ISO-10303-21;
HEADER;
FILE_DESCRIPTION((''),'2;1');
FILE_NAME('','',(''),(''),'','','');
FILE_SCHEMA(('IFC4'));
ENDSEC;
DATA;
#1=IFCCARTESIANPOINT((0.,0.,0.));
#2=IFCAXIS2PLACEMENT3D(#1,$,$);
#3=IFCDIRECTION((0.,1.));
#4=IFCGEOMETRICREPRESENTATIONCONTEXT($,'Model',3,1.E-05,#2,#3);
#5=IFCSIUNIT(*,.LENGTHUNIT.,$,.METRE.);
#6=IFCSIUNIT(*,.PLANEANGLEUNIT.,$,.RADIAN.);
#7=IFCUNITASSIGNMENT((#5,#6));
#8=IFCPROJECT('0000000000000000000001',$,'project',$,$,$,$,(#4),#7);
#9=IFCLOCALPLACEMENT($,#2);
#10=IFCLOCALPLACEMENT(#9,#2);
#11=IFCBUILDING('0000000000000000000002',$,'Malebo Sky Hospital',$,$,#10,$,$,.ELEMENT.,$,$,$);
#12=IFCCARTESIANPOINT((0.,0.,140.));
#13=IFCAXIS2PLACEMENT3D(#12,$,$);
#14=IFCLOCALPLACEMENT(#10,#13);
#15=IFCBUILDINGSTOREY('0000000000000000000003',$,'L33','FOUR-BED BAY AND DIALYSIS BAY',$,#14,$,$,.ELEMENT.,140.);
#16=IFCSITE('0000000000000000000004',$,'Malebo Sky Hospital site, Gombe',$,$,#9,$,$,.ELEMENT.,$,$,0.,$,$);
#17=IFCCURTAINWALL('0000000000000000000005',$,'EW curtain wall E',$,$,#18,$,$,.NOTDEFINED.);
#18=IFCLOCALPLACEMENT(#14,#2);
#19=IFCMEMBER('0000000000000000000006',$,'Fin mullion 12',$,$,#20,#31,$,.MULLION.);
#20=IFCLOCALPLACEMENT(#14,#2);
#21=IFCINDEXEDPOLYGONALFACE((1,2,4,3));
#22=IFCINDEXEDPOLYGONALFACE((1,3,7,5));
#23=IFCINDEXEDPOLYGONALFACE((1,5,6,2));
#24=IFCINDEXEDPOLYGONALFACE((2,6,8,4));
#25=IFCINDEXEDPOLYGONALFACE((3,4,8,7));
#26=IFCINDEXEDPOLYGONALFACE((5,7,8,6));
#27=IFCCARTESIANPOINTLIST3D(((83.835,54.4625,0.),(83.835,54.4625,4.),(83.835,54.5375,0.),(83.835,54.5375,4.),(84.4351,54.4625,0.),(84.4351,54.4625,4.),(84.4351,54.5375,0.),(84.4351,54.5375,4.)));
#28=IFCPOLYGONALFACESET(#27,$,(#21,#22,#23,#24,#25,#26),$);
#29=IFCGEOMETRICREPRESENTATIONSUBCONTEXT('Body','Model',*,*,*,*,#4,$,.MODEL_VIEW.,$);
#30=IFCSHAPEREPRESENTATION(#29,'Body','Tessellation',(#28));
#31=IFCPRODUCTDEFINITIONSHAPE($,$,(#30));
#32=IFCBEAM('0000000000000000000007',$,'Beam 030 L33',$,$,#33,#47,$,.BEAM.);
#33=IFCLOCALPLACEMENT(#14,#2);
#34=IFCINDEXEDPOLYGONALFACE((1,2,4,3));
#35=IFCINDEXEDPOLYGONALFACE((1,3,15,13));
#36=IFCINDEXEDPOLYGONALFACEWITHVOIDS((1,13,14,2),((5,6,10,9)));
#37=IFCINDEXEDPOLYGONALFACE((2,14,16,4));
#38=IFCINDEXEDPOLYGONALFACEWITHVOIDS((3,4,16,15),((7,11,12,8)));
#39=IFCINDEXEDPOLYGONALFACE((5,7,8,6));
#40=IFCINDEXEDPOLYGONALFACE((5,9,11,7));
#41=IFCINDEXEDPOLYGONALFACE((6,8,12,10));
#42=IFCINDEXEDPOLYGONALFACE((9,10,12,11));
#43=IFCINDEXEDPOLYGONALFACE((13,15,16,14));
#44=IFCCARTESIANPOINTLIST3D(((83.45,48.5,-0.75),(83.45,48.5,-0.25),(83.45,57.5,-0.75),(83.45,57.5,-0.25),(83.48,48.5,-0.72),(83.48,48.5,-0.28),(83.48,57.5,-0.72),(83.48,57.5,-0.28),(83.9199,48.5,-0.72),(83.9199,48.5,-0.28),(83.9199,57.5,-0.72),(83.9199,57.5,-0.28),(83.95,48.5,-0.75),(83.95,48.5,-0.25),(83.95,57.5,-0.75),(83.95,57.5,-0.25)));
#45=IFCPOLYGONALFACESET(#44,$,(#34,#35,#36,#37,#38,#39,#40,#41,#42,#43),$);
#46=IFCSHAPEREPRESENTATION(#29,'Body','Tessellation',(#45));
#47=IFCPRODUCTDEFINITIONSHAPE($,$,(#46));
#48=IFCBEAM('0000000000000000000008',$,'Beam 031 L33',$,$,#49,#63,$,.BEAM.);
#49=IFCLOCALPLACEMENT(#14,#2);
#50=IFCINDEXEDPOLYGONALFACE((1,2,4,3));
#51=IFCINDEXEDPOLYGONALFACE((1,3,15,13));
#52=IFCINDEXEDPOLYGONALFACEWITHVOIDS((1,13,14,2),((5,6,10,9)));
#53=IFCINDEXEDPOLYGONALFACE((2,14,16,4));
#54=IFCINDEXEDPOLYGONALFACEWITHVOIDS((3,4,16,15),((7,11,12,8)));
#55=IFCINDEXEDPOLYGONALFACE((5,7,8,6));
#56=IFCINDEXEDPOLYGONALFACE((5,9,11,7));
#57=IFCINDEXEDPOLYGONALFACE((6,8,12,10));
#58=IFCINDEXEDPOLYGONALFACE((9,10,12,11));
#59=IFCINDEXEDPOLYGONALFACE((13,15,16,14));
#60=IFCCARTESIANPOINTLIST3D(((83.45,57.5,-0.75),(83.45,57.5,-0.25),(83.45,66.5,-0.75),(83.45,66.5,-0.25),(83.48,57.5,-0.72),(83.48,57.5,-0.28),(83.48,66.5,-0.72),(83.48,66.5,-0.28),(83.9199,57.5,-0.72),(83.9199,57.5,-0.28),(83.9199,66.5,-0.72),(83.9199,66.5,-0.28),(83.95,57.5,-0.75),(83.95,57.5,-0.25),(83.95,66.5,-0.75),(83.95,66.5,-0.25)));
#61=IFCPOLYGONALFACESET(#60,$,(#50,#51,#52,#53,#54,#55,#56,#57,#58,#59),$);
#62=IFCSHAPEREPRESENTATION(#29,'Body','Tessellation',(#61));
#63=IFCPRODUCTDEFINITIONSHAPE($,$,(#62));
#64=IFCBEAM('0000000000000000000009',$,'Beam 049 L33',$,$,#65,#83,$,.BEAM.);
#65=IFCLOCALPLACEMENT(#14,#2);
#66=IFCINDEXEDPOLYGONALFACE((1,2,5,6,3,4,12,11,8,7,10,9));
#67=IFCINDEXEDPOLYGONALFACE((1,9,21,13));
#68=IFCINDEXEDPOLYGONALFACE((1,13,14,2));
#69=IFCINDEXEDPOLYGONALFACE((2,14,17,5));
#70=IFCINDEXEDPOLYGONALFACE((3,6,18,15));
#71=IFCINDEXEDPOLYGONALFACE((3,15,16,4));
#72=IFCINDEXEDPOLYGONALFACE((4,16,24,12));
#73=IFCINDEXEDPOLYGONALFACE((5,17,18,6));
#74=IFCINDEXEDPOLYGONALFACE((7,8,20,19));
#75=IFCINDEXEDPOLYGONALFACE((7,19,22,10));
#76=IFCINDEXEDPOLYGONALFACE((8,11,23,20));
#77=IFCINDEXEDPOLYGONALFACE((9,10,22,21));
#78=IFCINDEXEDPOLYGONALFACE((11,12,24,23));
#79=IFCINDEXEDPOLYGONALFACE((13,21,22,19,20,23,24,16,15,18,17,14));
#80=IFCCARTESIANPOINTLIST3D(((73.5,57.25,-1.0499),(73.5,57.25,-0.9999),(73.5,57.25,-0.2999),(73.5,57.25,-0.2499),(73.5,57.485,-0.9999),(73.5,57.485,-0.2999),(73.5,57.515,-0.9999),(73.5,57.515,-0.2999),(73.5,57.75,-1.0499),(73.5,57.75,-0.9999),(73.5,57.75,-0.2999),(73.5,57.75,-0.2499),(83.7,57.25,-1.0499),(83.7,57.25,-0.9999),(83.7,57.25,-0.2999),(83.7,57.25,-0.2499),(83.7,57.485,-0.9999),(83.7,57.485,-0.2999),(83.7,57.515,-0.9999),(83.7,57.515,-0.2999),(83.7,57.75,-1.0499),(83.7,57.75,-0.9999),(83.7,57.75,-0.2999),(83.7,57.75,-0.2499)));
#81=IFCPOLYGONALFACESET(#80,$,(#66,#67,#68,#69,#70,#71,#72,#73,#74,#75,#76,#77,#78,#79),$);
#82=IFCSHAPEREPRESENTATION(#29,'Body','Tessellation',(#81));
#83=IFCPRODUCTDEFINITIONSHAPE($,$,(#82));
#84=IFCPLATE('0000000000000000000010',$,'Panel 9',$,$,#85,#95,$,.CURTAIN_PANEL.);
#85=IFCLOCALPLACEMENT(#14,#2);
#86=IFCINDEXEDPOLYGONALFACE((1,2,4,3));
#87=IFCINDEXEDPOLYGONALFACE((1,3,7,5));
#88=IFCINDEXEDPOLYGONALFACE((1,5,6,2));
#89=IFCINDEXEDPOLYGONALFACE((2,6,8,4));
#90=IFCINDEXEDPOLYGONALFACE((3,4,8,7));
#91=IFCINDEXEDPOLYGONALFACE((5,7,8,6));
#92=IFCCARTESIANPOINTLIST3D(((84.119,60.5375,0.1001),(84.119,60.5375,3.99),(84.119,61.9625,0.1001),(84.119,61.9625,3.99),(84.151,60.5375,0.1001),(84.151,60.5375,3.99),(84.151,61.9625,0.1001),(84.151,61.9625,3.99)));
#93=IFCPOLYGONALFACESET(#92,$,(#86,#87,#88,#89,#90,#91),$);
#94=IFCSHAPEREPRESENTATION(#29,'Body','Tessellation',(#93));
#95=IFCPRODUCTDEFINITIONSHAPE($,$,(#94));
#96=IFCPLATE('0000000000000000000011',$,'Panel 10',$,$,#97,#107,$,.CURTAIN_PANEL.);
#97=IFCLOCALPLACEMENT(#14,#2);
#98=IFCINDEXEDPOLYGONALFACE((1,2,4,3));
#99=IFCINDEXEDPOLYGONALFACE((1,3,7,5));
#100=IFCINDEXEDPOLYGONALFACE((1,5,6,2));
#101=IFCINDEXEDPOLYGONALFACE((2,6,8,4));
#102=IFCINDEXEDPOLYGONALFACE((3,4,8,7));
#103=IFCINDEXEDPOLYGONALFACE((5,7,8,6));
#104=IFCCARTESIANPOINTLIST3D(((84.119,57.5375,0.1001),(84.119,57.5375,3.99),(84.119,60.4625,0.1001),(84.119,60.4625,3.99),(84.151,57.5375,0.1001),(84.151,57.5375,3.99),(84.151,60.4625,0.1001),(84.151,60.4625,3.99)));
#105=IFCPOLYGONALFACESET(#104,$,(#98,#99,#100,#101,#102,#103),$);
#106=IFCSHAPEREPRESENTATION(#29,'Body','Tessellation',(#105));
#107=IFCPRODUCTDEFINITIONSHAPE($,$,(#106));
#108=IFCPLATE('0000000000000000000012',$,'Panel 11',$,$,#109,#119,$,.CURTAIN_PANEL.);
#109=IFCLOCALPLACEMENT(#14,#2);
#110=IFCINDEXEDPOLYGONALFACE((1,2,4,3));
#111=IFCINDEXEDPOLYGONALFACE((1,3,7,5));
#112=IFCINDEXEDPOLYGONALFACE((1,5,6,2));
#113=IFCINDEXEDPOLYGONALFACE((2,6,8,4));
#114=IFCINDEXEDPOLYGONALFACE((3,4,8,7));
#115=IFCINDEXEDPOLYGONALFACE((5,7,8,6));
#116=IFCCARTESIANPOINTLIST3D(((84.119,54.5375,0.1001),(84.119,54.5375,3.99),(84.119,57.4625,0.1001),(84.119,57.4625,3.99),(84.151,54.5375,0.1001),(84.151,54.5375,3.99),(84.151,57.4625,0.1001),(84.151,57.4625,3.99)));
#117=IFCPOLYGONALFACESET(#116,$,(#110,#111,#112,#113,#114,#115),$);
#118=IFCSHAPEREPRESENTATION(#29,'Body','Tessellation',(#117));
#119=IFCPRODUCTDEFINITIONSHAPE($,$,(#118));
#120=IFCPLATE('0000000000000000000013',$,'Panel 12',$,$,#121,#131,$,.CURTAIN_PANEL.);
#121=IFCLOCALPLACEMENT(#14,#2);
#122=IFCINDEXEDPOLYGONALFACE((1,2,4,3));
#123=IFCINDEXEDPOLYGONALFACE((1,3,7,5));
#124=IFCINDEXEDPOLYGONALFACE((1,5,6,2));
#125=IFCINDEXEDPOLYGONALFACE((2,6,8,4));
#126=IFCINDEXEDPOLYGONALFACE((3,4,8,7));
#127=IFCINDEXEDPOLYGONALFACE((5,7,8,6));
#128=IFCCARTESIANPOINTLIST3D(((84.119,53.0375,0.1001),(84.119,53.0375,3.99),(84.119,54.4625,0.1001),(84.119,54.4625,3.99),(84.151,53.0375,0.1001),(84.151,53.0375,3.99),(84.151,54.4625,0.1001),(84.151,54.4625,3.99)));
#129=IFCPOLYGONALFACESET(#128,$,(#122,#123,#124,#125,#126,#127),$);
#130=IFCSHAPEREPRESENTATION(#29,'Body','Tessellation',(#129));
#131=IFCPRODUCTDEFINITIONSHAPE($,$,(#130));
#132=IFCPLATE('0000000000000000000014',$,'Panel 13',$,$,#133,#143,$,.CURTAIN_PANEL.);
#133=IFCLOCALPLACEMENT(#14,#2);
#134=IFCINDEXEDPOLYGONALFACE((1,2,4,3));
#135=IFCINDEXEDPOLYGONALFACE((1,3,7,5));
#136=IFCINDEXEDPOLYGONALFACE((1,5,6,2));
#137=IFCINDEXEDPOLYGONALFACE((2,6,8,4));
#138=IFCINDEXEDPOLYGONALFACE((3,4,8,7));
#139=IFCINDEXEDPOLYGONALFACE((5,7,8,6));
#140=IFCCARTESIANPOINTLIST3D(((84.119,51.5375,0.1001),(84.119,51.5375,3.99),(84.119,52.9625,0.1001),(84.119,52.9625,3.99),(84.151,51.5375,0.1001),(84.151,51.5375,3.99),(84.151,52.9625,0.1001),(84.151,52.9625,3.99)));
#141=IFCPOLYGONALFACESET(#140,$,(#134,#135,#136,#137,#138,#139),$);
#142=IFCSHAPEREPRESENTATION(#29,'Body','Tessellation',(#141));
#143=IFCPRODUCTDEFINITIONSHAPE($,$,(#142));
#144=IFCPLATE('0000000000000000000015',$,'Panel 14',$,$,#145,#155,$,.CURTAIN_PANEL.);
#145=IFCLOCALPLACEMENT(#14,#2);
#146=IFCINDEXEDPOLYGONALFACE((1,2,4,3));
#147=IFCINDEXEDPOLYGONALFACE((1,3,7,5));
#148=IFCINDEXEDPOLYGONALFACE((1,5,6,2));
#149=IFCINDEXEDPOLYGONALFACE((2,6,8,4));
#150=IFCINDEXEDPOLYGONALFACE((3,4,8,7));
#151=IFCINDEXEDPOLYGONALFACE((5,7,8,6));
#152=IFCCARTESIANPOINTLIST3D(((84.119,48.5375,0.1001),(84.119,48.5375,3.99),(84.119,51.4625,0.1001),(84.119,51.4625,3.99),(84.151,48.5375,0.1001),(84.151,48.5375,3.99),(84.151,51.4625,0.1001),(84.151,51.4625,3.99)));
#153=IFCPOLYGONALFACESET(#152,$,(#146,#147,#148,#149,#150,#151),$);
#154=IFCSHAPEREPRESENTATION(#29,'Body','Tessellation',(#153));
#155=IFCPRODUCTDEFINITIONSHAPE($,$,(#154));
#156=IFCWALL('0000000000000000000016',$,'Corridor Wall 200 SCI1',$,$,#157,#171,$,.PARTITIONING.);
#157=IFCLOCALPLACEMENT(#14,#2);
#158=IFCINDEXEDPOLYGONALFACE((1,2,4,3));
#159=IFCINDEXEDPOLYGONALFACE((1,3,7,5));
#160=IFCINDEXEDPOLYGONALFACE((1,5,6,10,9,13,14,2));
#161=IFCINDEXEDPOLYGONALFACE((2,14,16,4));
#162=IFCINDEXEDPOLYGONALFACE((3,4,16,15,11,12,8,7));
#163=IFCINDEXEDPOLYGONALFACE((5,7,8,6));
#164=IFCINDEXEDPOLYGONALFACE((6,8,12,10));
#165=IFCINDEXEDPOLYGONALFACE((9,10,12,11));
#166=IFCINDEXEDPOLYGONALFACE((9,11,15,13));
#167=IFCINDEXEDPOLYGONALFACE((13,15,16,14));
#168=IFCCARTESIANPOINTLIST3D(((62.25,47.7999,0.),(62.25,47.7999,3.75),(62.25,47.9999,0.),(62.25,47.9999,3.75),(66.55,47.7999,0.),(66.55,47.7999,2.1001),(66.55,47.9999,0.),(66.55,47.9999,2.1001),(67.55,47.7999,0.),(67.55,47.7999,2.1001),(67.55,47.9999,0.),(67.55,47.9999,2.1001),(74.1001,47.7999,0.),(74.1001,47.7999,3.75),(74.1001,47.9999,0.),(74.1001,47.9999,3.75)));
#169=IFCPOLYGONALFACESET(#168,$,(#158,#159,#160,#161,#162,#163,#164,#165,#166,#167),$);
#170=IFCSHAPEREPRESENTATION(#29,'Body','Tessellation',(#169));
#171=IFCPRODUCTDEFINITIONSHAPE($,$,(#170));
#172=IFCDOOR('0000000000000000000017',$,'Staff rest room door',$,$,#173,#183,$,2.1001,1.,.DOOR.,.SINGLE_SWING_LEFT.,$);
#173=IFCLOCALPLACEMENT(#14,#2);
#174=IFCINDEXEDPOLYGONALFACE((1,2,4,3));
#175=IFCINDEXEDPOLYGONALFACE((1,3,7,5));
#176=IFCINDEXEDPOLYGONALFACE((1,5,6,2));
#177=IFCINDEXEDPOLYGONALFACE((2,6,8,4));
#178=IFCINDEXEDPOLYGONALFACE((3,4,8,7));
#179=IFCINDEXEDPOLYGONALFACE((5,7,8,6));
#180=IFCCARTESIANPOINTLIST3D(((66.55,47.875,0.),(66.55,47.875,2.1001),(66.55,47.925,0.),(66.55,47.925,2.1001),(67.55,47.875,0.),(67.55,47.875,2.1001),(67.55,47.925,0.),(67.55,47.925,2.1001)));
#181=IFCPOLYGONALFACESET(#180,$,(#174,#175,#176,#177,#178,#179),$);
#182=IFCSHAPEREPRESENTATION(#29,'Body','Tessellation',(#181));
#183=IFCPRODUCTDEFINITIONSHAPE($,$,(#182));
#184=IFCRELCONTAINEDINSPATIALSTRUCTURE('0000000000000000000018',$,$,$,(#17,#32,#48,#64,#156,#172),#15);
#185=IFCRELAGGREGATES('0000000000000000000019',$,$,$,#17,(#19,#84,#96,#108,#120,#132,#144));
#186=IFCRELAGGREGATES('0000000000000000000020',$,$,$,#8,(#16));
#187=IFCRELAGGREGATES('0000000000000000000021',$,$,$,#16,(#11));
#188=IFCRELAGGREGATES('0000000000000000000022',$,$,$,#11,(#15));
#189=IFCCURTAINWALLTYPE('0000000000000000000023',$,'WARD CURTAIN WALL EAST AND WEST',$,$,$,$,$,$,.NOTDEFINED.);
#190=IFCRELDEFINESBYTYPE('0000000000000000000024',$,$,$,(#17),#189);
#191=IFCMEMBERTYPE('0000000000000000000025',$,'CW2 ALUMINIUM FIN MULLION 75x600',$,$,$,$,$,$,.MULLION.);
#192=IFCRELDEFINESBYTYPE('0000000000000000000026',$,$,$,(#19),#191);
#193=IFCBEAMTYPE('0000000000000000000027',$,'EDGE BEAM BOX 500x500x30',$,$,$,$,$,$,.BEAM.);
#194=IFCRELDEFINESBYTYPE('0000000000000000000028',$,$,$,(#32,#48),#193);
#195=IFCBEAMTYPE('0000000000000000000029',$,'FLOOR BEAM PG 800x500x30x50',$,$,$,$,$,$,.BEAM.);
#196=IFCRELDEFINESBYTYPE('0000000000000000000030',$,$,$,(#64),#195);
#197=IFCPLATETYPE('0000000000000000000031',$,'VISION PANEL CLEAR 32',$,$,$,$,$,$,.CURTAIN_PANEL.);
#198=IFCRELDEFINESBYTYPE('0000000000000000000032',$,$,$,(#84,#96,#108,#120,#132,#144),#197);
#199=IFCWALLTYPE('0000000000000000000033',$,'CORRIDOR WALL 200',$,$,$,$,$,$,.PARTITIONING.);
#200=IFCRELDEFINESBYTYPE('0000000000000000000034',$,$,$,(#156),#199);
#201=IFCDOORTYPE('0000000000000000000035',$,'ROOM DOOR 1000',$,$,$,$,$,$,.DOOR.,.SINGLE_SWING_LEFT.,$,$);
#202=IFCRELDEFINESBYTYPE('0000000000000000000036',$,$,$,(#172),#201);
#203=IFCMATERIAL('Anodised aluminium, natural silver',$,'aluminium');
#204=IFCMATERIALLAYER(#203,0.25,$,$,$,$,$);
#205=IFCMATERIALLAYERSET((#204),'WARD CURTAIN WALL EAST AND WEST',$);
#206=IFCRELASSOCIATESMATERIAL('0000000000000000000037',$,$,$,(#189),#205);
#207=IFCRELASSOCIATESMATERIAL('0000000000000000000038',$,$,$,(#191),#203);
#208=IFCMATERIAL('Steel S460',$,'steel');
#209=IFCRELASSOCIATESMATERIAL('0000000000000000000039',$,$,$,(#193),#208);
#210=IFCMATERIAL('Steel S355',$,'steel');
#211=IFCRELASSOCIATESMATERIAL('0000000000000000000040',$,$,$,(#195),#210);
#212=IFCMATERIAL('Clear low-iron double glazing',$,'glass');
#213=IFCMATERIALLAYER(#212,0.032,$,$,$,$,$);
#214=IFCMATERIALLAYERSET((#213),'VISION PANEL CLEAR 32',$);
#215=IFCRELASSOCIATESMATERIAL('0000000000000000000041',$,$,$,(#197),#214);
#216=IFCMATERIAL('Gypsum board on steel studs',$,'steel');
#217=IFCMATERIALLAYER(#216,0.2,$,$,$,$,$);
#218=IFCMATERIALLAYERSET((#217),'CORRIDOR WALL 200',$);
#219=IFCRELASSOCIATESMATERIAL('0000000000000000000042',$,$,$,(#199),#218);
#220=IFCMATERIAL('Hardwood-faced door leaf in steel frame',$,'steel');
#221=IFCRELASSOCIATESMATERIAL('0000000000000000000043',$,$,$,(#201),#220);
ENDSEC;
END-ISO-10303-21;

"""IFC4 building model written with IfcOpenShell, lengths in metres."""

from ifc_helpers import new_model, si_unit, direction, frame, frame_2d, origin, origin_2d, place, context, subcontext, project, spatial, rectangle, hollow_rectangle, i_section, extrude, material, layer, layer_set, material_profile, profile_set, type_object, element, fill, aggregate, save


model = new_model("IFC4")

# Units and contexts
model_context = context("Model", 3, precision=1e-05, world=origin(), true_north=direction((0.0, 1.0)))
body_context = subcontext(model_context, "Body", "Model", "MODEL_VIEW")
ifc_project = project(units=[si_unit("LENGTHUNIT", "METRE"), si_unit("PLANEANGLEUNIT", "RADIAN")], contexts=[model_context])

# Site, building, storey
site_placement = place(None, origin())
site = spatial("IfcSite", under=ifc_project, at=site_placement, Name="Malebo Sky Hospital site, Gombe", CompositionType="ELEMENT", RefElevation=0.0)
building_placement = place(site_placement, origin())
building = spatial("IfcBuilding", under=site, at=building_placement, Name="Malebo Sky Hospital", CompositionType="ELEMENT")
storey_placement = place(building_placement, frame((0.0, 0.0, 140.0)))
storey = spatial("IfcBuildingStorey", under=building, at=storey_placement, Name="L33", Description="FOUR-BED BAY AND DIALYSIS BAY", CompositionType="ELEMENT", Elevation=140.0)

# Shared definitions
ifc_material_1 = material(Name="Steel S460", Category="steel")

# Curtain wall, member
ifc_material_2 = material(Name="Anodised aluminium, natural silver", Category="aluminium")
ifc_layer_1 = layer(ifc_material_2, 0.25)
ifc_layer_set_1 = layer_set([ifc_layer_1], Name="WARD CURTAIN WALL EAST AND WEST")
curtain_wall_type = type_object("IfcCurtainWallType", Name="WARD CURTAIN WALL EAST AND WEST", PredefinedType="NOTDEFINED", material=ifc_layer_set_1)
curtain_wall_placement = place(storey_placement, origin())
curtain_wall = element("IfcCurtainWall", 1, at=curtain_wall_placement, inside=storey, type_object=curtain_wall_type, Name="EW curtain wall E", PredefinedType="NOTDEFINED")
ifc_material_profile_1 = material_profile(ifc_material_2, rectangle(XDim=0.075, YDim=0.6001, at=origin_2d()), Name="CW2 ALUMINIUM FIN MULLION 75x600")
ifc_profile_set_1 = profile_set([ifc_material_profile_1], Name="Anodised aluminium, natural silver")
member_type_1 = type_object("IfcMemberType", Name="CW2 ALUMINIUM FIN MULLION 75x600", PredefinedType="MULLION", material=ifc_profile_set_1)
member_1_placement = place(storey_placement, frame((84.135, 54.5, 0.0), z_axis=(0.0, 0.0, 1.0), x_axis=(0.0, -1.0, 0.0)))
member_1 = element("IfcMember", 2, at=member_1_placement, type_object=member_type_1, Name="Fin mullion 12", PredefinedType="MULLION", context=body_context, shape_type="SweptSolid", body=[
    extrude(rectangle(XDim=0.075, YDim=0.6001, at=origin_2d()), origin(), (0.0, 0.0, 1.0), 4.0),
])

# Beams
ifc_material_profile_2 = material_profile(ifc_material_1, hollow_rectangle(XDim=0.5, YDim=0.5, WallThickness=0.03, at=origin_2d()), Name="BOX 500x500x30")
ifc_profile_set_2 = profile_set([ifc_material_profile_2], Name="Steel S460")
beam_type_1 = type_object("IfcBeamType", Name="EDGE BEAM BOX 500x500x30", PredefinedType="BEAM", material=ifc_profile_set_2)
for number, where, z_axis, x_axis, name in (
    (3, (83.7, 48.5, -0.5), (0.0, 1.0, 0.0), (-1.0, 0.0, 0.0), "Beam 030 L33"),
    (4, (83.7, 57.5, -0.5), (0.0, 1.0, 0.0), (-1.0, 0.0, 0.0), "Beam 031 L33"),
):
    element("IfcBeam", number, at=place(storey_placement, frame(where, z_axis=z_axis, x_axis=x_axis)), inside=storey, type_object=beam_type_1, Name=name, PredefinedType="BEAM", context=body_context, shape_type="SweptSolid", body=[
        extrude(hollow_rectangle(XDim=0.5, YDim=0.5, WallThickness=0.03, at=origin_2d()), origin(), (0.0, 0.0, 1.0), 9.0),
    ])
ifc_material_3 = material(Name="Steel S355", Category="steel")
ifc_material_profile_3 = material_profile(ifc_material_3, i_section(OverallWidth=0.5, OverallDepth=0.8, WebThickness=0.03, FlangeThickness=0.05, at=origin_2d()), Name="PG 800x500x30x50")
ifc_profile_set_3 = profile_set([ifc_material_profile_3], Name="Steel S355")
beam_type_2 = type_object("IfcBeamType", Name="FLOOR BEAM PG 800x500x30x50", PredefinedType="BEAM", material=ifc_profile_set_3)
beam_placement = place(storey_placement, frame((73.5, 57.5, -0.6499), z_axis=(1.0, 0.0, 0.0), x_axis=(0.0, 1.0, 0.0)))
element("IfcBeam", 5, at=beam_placement, inside=storey, type_object=beam_type_2, Name="Beam 049 L33", PredefinedType="BEAM", context=body_context, shape_type="SweptSolid", body=[
    extrude(i_section(OverallWidth=0.5, OverallDepth=0.8, WebThickness=0.03, FlangeThickness=0.05, at=origin_2d()), origin(), (0.0, 0.0, 1.0), 10.2),
])

# Plates
ifc_material_4 = material(Name="Clear low-iron double glazing", Category="glass")
ifc_layer_2 = layer(ifc_material_4, 0.032)
ifc_layer_set_2 = layer_set([ifc_layer_2], Name="VISION PANEL CLEAR 32")
plate_type = type_object("IfcPlateType", Name="VISION PANEL CLEAR 32", PredefinedType="CURTAIN_PANEL", material=ifc_layer_set_2)
plate_1_placement = place(storey_placement, frame((84.135, 61.25, 0.1001), z_axis=(0.0, 0.0, 1.0), x_axis=(0.0, -1.0, 0.0)))
plate_1 = element("IfcPlate", 6, at=plate_1_placement, type_object=plate_type, Name="Panel 9", PredefinedType="CURTAIN_PANEL", context=body_context, shape_type="SweptSolid", body=[
    extrude(rectangle(XDim=1.425, YDim=0.032, at=origin_2d()), origin(), (0.0, 0.0, 1.0), 3.8899),
])
plate_2_placement = place(storey_placement, frame((84.135, 59.0, 0.1001), z_axis=(0.0, 0.0, 1.0), x_axis=(0.0, -1.0, 0.0)))
plate_2 = element("IfcPlate", 7, at=plate_2_placement, type_object=plate_type, Name="Panel 10", PredefinedType="CURTAIN_PANEL", context=body_context, shape_type="SweptSolid", body=[
    extrude(rectangle(XDim=2.925, YDim=0.032, at=origin_2d()), origin(), (0.0, 0.0, 1.0), 3.8899),
])
plate_3_placement = place(storey_placement, frame((84.135, 56.0, 0.1001), z_axis=(0.0, 0.0, 1.0), x_axis=(0.0, -1.0, 0.0)))
plate_3 = element("IfcPlate", 8, at=plate_3_placement, type_object=plate_type, Name="Panel 11", PredefinedType="CURTAIN_PANEL", context=body_context, shape_type="SweptSolid", body=[
    extrude(rectangle(XDim=2.925, YDim=0.032, at=origin_2d()), origin(), (0.0, 0.0, 1.0), 3.8899),
])
plate_4_placement = place(storey_placement, frame((84.135, 53.75, 0.1001), z_axis=(0.0, 0.0, 1.0), x_axis=(0.0, -1.0, 0.0)))
plate_4 = element("IfcPlate", 9, at=plate_4_placement, type_object=plate_type, Name="Panel 12", PredefinedType="CURTAIN_PANEL", context=body_context, shape_type="SweptSolid", body=[
    extrude(rectangle(XDim=1.425, YDim=0.032, at=origin_2d()), origin(), (0.0, 0.0, 1.0), 3.8899),
])
plate_5_placement = place(storey_placement, frame((84.135, 52.25, 0.1001), z_axis=(0.0, 0.0, 1.0), x_axis=(0.0, -1.0, 0.0)))
plate_5 = element("IfcPlate", 10, at=plate_5_placement, type_object=plate_type, Name="Panel 13", PredefinedType="CURTAIN_PANEL", context=body_context, shape_type="SweptSolid", body=[
    extrude(rectangle(XDim=1.425, YDim=0.032, at=origin_2d()), origin(), (0.0, 0.0, 1.0), 3.8899),
])
plate_6_placement = place(storey_placement, frame((84.135, 50.0, 0.1001), z_axis=(0.0, 0.0, 1.0), x_axis=(0.0, -1.0, 0.0)))
plate_6 = element("IfcPlate", 11, at=plate_6_placement, type_object=plate_type, Name="Panel 14", PredefinedType="CURTAIN_PANEL", context=body_context, shape_type="SweptSolid", body=[
    extrude(rectangle(XDim=2.925, YDim=0.032, at=origin_2d()), origin(), (0.0, 0.0, 1.0), 3.8899),
])
aggregate(curtain_wall, [member_1, plate_1, plate_2, plate_3, plate_4, plate_5, plate_6])

# Wall, opening, door
ifc_material_5 = material(Name="Gypsum board on steel studs", Category="steel")
ifc_layer_3 = layer(ifc_material_5, 0.2)
ifc_layer_set_3 = layer_set([ifc_layer_3], Name="CORRIDOR WALL 200")
wall_type_1 = type_object("IfcWallType", Name="CORRIDOR WALL 200", PredefinedType="PARTITIONING", material=ifc_layer_set_3)
wall_1_placement = place(storey_placement, frame((74.1001, 47.8999, 0.0), z_axis=(0.0, 0.0, 1.0), x_axis=(-1.0, 0.0, 0.0)))
wall_1 = element("IfcWall", 12, at=wall_1_placement, inside=storey, type_object=wall_type_1, Name="Corridor Wall 200 SCI1", PredefinedType="PARTITIONING", context=body_context, shape_type="SweptSolid", body=[
    extrude(rectangle(XDim=11.8501, YDim=0.2, at=frame_2d((5.925, 0.0))), origin(), (0.0, 0.0, 1.0), 3.75),
])
opening_1_placement = place(wall_1_placement, frame((6.55, 0.0, 0.0)))
opening_1 = element("IfcOpeningElement", 13, at=opening_1_placement, cuts=wall_1, PredefinedType="OPENING", context=body_context, shape_type="SweptSolid", body=[
    extrude(rectangle(XDim=1.0, YDim=2.1001, at=frame_2d((0.5, 1.05))), frame((0.0, 0.1099, 0.0), z_axis=(0.0, -1.0, 0.0), x_axis=(1.0, 0.0, 0.0)), (0.0, 0.0, 1.0), 0.22),
])
ifc_material_6 = material(Name="Hardwood-faced door leaf in steel frame", Category="steel")
door_type_1 = type_object("IfcDoorType", Name="ROOM DOOR 1000", OperationType="SINGLE_SWING_LEFT", PredefinedType="DOOR", material=ifc_material_6)
door_1_placement = place(opening_1_placement, origin())
door_1 = element("IfcDoor", 14, at=door_1_placement, inside=storey, type_object=door_type_1, Name="Staff rest room door", OperationType="SINGLE_SWING_LEFT", OverallHeight=2.1001, OverallWidth=1.0, PredefinedType="DOOR", context=body_context, shape_type="SweptSolid", body=[
    extrude(rectangle(XDim=1.0, YDim=2.1001, at=frame_2d((0.5, 1.05))), frame((0.0, 0.0249, 0.0), z_axis=(0.0, -1.0, 0.0), x_axis=(1.0, 0.0, 0.0)), (0.0, 0.0, 1.0), 0.05),
])
fill(opening_1, door_1)

save(model, "model.ifc")
